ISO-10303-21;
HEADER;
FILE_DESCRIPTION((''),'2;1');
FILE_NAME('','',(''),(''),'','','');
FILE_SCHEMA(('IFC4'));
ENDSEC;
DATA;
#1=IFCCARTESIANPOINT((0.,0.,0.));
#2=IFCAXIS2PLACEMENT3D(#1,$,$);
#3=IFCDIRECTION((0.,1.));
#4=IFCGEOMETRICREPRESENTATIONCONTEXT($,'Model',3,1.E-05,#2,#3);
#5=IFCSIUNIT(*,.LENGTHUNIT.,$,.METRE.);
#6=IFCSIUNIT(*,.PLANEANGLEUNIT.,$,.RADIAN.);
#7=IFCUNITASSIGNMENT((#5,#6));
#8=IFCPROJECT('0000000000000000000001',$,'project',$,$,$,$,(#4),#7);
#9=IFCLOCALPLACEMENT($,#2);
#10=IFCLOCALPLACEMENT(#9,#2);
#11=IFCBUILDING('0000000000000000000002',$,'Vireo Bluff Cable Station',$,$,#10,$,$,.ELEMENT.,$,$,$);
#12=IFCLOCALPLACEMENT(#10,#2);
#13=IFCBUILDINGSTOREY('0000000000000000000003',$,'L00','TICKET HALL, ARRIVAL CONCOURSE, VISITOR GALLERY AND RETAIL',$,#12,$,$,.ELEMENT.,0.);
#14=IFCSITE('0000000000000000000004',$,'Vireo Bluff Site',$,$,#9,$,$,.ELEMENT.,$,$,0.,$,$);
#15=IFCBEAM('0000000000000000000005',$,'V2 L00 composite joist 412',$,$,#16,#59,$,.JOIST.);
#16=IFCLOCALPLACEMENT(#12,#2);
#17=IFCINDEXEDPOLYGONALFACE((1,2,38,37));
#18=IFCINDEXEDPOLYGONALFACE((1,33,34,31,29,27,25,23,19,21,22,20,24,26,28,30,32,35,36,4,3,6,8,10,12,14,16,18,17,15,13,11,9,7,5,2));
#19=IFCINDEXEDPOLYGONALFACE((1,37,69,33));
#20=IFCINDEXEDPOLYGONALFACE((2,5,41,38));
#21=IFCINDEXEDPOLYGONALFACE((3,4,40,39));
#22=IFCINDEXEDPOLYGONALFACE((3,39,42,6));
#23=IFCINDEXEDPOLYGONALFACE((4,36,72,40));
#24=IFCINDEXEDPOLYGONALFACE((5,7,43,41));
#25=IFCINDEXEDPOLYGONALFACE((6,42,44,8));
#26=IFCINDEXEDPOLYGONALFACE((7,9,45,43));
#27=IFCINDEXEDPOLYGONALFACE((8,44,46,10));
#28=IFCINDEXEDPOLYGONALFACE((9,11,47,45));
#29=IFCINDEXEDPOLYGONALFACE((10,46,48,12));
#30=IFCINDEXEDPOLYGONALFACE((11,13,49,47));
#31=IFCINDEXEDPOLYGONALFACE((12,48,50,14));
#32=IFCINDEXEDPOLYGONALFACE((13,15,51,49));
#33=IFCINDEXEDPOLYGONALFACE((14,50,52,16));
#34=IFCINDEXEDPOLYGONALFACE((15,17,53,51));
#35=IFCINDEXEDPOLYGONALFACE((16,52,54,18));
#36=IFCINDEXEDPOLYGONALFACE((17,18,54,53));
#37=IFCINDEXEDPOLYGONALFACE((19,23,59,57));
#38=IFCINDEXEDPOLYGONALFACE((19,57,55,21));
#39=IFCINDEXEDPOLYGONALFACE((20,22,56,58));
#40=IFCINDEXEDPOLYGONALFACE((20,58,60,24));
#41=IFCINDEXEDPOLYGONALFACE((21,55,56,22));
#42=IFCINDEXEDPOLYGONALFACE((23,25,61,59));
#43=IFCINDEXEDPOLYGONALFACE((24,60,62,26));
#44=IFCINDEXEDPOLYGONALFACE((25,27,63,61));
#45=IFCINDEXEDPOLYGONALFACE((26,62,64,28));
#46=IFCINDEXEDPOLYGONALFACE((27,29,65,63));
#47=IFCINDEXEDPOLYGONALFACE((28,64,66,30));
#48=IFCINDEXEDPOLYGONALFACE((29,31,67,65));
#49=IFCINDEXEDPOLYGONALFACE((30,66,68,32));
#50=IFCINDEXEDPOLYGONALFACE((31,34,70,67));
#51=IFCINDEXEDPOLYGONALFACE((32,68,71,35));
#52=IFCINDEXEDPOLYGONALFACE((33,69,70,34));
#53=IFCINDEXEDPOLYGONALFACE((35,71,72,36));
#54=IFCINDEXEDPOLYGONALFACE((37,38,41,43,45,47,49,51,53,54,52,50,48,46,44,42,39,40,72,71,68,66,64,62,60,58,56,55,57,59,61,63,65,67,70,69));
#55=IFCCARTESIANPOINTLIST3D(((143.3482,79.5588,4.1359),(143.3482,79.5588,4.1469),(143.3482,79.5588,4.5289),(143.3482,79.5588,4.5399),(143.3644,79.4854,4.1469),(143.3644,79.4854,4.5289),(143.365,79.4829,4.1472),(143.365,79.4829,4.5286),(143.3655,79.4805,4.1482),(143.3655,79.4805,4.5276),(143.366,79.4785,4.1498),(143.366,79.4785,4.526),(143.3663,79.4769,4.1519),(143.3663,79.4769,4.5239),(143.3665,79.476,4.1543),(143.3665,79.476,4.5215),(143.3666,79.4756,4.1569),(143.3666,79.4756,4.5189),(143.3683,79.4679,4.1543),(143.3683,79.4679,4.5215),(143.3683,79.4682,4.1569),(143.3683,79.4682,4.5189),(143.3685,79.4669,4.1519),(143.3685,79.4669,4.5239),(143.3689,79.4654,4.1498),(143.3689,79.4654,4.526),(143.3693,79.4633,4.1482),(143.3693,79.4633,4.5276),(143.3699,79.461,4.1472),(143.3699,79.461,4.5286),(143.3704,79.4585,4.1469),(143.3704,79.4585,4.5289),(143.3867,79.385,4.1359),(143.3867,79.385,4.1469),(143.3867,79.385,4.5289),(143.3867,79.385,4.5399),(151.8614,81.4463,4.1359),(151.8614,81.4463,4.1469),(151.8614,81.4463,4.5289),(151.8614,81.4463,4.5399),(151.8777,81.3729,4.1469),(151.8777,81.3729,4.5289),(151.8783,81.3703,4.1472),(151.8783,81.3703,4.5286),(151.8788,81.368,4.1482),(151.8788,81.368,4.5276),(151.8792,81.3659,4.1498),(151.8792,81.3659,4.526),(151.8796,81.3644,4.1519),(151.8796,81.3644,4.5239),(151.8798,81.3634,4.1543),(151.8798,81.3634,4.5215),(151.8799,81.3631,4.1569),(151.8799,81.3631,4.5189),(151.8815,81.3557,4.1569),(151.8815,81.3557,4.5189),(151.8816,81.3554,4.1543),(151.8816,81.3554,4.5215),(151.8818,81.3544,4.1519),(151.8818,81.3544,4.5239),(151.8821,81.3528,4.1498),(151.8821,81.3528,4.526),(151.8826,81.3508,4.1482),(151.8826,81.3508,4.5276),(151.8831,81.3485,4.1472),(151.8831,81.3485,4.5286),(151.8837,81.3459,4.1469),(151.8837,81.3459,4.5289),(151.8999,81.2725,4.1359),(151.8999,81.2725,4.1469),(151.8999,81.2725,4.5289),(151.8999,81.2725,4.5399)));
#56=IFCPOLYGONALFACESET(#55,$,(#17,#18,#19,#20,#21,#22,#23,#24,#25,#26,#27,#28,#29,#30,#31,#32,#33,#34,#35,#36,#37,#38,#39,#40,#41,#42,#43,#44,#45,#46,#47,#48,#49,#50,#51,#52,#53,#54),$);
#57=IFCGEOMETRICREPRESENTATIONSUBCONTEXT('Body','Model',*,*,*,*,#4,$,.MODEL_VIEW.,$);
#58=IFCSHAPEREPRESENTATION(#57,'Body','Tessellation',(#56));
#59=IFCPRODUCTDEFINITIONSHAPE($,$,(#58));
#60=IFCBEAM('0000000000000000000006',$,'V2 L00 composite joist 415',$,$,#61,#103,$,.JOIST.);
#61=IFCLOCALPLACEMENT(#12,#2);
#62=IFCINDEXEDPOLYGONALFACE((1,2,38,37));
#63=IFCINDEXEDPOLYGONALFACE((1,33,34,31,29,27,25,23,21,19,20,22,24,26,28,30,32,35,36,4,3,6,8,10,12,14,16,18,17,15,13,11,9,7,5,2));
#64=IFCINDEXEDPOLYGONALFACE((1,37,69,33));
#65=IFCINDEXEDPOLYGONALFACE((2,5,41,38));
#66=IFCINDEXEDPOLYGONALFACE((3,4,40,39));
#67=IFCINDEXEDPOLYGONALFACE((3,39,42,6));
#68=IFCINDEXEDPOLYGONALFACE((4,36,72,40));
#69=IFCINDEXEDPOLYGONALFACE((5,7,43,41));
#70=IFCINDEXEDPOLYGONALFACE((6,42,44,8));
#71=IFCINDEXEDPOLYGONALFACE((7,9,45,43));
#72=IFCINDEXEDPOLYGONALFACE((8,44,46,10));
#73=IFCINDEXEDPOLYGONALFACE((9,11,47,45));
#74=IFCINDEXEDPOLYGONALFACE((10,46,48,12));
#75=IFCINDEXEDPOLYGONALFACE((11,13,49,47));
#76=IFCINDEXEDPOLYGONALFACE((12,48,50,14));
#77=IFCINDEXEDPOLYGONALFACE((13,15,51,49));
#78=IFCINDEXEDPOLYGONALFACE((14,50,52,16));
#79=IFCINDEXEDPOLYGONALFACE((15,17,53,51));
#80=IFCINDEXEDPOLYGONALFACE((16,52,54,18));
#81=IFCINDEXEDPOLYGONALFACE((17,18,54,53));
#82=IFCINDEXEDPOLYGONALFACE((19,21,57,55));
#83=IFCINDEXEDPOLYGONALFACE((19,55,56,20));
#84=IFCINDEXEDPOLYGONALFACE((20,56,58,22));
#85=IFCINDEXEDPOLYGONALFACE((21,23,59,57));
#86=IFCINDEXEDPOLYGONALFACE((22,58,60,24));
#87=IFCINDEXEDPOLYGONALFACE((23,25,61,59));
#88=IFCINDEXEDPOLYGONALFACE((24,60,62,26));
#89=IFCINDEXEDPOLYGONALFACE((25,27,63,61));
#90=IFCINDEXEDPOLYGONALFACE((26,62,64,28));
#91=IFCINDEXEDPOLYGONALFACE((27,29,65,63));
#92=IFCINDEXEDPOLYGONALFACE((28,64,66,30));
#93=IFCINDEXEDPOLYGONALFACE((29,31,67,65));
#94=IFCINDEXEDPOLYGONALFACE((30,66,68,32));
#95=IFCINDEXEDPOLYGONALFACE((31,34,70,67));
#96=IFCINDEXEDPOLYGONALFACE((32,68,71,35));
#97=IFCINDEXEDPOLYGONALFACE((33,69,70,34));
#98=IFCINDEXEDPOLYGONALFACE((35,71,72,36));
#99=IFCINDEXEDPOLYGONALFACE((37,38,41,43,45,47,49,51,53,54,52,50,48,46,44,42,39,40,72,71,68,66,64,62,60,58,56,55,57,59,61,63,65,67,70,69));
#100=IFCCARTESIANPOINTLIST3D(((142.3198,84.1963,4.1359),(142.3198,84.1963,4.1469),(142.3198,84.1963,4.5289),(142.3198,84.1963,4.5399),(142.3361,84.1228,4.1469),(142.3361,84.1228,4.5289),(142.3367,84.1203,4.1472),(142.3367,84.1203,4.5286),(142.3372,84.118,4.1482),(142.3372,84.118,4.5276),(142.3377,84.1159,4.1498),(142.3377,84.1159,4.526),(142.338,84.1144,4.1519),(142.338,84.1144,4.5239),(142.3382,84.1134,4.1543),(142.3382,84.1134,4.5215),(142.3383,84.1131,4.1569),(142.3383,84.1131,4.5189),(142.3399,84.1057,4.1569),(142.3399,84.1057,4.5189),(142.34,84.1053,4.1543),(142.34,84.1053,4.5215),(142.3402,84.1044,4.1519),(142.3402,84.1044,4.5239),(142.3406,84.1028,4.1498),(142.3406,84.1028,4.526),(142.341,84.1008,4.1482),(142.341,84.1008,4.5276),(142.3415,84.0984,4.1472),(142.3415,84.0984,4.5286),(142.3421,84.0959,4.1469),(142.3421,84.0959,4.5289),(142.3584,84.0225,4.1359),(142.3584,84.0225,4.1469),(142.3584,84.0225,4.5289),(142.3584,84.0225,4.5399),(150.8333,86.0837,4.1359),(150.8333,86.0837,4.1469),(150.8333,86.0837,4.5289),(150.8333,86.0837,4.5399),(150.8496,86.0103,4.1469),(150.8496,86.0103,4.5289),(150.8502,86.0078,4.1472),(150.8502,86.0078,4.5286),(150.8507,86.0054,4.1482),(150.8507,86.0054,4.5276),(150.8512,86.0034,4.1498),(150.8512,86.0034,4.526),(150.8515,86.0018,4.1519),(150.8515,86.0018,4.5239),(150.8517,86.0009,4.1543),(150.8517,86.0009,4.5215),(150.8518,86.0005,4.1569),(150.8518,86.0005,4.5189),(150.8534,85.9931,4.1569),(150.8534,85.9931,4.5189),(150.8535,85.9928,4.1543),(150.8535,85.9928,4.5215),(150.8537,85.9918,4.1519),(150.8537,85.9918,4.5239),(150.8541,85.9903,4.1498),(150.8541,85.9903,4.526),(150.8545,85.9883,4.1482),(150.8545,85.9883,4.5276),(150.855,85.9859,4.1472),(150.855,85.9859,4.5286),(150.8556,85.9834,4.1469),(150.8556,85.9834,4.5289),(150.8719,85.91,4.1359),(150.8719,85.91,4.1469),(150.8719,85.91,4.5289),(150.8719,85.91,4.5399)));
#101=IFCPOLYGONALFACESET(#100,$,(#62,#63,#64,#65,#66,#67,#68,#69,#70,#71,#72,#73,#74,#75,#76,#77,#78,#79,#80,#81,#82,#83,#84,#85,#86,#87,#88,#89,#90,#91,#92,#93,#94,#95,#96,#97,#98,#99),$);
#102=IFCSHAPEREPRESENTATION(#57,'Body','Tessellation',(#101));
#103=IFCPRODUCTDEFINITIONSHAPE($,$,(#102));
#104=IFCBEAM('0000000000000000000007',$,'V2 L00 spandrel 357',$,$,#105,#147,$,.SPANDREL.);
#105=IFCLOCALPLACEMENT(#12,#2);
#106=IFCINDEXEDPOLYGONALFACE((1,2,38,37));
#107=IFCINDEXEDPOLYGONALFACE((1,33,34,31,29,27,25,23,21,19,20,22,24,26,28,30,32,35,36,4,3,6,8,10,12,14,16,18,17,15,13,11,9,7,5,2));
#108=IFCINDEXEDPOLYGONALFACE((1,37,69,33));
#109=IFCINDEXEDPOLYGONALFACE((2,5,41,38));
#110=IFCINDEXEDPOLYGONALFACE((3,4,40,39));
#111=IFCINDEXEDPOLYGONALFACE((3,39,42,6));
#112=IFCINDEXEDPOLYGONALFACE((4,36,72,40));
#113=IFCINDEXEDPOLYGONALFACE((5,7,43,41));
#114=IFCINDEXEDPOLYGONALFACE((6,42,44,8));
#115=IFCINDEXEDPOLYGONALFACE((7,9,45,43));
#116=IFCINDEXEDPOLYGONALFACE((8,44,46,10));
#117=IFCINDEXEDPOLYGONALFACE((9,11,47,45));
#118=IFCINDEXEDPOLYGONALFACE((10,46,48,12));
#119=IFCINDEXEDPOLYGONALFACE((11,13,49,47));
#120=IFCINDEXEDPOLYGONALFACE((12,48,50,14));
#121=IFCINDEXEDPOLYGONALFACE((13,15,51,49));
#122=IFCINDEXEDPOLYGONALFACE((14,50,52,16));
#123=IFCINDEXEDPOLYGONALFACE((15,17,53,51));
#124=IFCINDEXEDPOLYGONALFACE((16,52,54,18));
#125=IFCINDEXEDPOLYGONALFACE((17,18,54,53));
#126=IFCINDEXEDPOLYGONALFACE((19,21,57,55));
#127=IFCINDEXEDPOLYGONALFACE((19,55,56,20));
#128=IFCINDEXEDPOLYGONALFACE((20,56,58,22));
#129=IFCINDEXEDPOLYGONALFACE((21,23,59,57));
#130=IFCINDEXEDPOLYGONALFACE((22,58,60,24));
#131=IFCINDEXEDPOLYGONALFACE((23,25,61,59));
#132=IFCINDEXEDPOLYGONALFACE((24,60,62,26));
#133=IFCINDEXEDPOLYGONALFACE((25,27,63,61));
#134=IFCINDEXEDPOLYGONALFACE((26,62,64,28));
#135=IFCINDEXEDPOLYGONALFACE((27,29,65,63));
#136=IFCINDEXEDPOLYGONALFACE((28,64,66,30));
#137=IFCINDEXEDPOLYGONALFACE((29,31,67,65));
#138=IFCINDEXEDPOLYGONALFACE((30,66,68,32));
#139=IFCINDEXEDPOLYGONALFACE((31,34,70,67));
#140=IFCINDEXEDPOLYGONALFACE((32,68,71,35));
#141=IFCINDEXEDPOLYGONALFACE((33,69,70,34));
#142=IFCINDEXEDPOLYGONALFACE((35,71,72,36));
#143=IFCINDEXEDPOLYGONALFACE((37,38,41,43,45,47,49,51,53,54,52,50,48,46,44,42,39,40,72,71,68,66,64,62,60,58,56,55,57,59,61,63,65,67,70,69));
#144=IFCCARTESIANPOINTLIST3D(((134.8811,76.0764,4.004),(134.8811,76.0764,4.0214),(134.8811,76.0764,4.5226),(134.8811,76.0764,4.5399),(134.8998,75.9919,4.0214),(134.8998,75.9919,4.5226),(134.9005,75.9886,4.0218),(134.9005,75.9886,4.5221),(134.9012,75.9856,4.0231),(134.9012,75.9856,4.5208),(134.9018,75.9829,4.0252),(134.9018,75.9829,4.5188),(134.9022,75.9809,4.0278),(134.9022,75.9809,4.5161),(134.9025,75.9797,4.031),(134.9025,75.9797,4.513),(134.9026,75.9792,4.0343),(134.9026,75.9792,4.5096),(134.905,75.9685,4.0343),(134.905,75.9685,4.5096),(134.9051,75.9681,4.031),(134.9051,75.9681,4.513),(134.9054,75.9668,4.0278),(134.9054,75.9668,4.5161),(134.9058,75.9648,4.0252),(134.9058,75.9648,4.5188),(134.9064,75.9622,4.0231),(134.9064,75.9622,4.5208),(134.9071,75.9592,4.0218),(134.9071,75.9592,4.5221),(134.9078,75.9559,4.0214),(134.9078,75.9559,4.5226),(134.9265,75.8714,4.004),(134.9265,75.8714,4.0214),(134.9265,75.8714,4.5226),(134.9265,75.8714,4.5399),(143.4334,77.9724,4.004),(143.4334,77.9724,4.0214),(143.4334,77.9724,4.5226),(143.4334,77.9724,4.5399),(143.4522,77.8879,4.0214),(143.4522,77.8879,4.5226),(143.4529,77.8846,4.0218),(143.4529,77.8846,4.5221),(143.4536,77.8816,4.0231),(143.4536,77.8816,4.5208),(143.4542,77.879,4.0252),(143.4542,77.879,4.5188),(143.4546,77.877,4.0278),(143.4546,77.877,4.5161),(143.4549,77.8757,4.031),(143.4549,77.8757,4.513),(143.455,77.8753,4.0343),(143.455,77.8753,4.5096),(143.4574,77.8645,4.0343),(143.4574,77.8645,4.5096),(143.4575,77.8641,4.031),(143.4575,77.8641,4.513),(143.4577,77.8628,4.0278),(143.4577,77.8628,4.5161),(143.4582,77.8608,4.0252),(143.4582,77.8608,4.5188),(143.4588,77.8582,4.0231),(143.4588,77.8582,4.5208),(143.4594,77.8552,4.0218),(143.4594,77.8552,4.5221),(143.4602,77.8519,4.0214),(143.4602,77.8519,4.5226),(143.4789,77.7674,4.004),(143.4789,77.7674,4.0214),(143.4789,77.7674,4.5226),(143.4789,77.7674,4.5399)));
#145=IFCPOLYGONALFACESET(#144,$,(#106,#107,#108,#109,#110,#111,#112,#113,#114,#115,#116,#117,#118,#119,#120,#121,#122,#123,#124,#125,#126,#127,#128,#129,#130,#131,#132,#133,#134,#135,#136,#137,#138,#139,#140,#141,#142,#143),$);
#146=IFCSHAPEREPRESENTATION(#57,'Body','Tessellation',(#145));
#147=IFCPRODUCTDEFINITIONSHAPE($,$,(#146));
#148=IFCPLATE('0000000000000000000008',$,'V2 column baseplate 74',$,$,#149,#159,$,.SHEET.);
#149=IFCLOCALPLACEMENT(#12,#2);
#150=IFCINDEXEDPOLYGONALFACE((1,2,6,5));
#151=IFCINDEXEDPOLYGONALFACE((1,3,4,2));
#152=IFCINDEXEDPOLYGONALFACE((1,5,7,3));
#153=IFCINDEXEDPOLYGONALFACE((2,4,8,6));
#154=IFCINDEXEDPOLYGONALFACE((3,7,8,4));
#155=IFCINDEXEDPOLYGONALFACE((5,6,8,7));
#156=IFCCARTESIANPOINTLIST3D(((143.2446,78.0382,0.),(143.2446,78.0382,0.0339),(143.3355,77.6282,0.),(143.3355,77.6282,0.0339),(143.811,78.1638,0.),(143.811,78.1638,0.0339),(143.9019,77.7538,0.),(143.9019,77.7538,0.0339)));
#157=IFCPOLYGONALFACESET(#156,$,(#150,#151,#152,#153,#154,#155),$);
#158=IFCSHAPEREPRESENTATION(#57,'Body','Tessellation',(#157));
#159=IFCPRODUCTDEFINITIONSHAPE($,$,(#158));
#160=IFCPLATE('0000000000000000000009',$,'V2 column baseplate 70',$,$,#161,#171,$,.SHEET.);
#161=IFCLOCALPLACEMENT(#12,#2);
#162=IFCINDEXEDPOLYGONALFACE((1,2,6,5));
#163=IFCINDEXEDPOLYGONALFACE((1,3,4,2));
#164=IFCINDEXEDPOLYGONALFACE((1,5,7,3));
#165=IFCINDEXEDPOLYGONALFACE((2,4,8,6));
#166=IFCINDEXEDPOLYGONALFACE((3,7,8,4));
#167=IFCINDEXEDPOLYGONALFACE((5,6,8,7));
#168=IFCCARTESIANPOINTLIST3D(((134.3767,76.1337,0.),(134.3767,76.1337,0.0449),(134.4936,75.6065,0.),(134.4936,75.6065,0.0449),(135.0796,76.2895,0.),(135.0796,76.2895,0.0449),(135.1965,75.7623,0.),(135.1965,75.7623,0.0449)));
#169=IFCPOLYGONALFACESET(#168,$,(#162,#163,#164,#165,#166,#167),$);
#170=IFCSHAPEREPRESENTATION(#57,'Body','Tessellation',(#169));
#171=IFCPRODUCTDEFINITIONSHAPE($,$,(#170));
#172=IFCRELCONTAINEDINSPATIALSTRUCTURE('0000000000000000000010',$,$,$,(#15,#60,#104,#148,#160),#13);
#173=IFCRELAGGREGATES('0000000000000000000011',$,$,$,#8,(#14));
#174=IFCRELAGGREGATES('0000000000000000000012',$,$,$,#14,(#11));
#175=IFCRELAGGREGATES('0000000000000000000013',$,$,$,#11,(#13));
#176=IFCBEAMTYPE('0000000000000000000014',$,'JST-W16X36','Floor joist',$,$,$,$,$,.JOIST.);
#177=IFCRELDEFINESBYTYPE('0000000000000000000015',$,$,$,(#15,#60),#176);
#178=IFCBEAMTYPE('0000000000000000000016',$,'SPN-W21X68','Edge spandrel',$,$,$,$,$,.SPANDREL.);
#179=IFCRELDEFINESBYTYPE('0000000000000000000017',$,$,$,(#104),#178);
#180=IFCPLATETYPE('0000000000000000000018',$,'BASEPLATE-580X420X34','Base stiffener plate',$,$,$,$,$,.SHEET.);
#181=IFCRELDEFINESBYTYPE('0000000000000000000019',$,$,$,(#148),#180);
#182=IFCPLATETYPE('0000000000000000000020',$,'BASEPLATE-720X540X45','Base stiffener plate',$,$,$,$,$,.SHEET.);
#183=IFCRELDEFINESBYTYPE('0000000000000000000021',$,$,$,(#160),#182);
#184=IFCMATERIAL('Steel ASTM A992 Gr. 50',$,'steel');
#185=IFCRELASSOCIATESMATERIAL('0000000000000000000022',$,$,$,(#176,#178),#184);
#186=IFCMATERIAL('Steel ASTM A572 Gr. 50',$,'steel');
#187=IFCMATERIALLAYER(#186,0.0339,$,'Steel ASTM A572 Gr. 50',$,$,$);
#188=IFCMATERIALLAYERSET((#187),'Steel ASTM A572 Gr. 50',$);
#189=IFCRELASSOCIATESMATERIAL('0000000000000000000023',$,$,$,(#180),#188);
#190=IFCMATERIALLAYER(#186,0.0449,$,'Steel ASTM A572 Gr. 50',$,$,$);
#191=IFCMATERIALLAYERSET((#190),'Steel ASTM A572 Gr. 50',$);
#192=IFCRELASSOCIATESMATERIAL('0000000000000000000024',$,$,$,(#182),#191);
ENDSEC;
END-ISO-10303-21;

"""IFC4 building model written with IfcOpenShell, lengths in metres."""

from ifc_helpers import new_model, si_unit, direction, frame, origin, origin_2d, place, context, subcontext, project, spatial, rectangle, i_section, extrude, material, layer, layer_set, material_profile, profile_set, type_object, element, save


model = new_model("IFC4")

# Units and contexts
model_context = context("Model", 3, precision=1e-05, world=origin(), true_north=direction((0.0, 1.0)))
body_context = subcontext(model_context, "Body", "Model", "MODEL_VIEW")
ifc_project = project(units=[si_unit("LENGTHUNIT", "METRE"), si_unit("PLANEANGLEUNIT", "RADIAN")], contexts=[model_context])

# Site, building, storey
site_placement = place(None, origin())
site = spatial("IfcSite", under=ifc_project, at=site_placement, Name="Vireo Bluff Site", CompositionType="ELEMENT", RefElevation=0.0)
building_placement = place(site_placement, origin())
building = spatial("IfcBuilding", under=site, at=building_placement, Name="Vireo Bluff Cable Station", CompositionType="ELEMENT")
storey_placement = place(building_placement, origin())
storey = spatial("IfcBuildingStorey", under=building, at=storey_placement, Name="L00", Description="TICKET HALL, ARRIVAL CONCOURSE, VISITOR GALLERY AND RETAIL", CompositionType="ELEMENT", Elevation=0.0)

# Shared definitions
ifc_material_1 = material(Name="Steel ASTM A992 Gr. 50", Category="steel")

# Beams
ifc_material_profile_1 = material_profile(ifc_material_1, i_section(OverallWidth=0.178, OverallDepth=0.4041, WebThickness=0.0076, FlangeThickness=0.011, FilletRadius=0.01, at=origin_2d()), Name="W16X36")
ifc_profile_set_1 = profile_set([ifc_material_profile_1], Name="Steel ASTM A992 Gr. 50")
beam_type_1 = type_object("IfcBeamType", Name="JST-W16X36", Description="Floor joist", PredefinedType="JOIST", material=ifc_profile_set_1)
for number, where, z_axis, x_axis, name in (
    (1, (143.3674, 79.4719, 4.3379), (0.976293, 0.216453, 0.0), (-0.216453, 0.976293, 0.0), "V2 L00 composite joist 412"),
):
    element("IfcBeam", number, at=place(storey_placement, frame(where, z_axis=z_axis, x_axis=x_axis)), inside=storey, type_object=beam_type_1, Name=name, PredefinedType="JOIST", context=body_context, shape_type="SweptSolid", body=[
        extrude(i_section(OverallWidth=0.178, OverallDepth=0.4041, WebThickness=0.0076, FlangeThickness=0.011, FilletRadius=0.01, at=origin_2d()), origin(), (0.0, 0.0, 1.0), 8.72),
    ])
beam_1_placement = place(storey_placement, frame((142.3391, 84.1094, 4.3379), z_axis=(0.976294, 0.216447, 0.0), x_axis=(-0.216447, 0.976294, 0.0)))
element("IfcBeam", 2, at=beam_1_placement, inside=storey, type_object=beam_type_1, Name="V2 L00 composite joist 415", PredefinedType="JOIST", context=body_context, shape_type="SweptSolid", body=[
    extrude(i_section(OverallWidth=0.178, OverallDepth=0.4041, WebThickness=0.0076, FlangeThickness=0.011, FilletRadius=0.01, at=origin_2d()), origin(), (0.0, 0.0, 1.0), 8.7202),
])
ifc_material_profile_2 = material_profile(ifc_material_1, i_section(OverallWidth=0.21, OverallDepth=0.5359, WebThickness=0.011, FlangeThickness=0.0173, FilletRadius=0.0129, at=origin_2d()), Name="W21X68")
ifc_profile_set_2 = profile_set([ifc_material_profile_2], Name="Steel ASTM A992 Gr. 50")
beam_type_2 = type_object("IfcBeamType", Name="SPN-W21X68", Description="Edge spandrel", PredefinedType="SPANDREL", material=ifc_profile_set_2)
beam_2_placement = place(storey_placement, frame((134.9038, 75.9739, 4.272), z_axis=(0.976296, 0.216441, 0.0), x_axis=(-0.216441, 0.976296, 0.0)))
element("IfcBeam", 3, at=beam_2_placement, inside=storey, type_object=beam_type_2, Name="V2 L00 spandrel 357", PredefinedType="SPANDREL", context=body_context, shape_type="SweptSolid", body=[
    extrude(i_section(OverallWidth=0.21, OverallDepth=0.5359, WebThickness=0.011, FlangeThickness=0.0173, FilletRadius=0.0129, at=origin_2d()), origin(), (0.0, 0.0, 1.0), 8.76),
])

# Plates
ifc_material_2 = material(Name="Steel ASTM A572 Gr. 50", Category="steel")
ifc_layer_1 = layer(ifc_material_2, 0.0339, Name="Steel ASTM A572 Gr. 50")
ifc_layer_set_1 = layer_set([ifc_layer_1], Name="Steel ASTM A572 Gr. 50")
plate_type_1 = type_object("IfcPlateType", Name="BASEPLATE-580X420X34", Description="Base stiffener plate", PredefinedType="SHEET", material=ifc_layer_set_1)
plate_1_placement = place(storey_placement, frame((143.5732, 77.896, 0.0), z_axis=(0.0, 0.0, 1.0), x_axis=(0.976296, 0.21644, 0.0)))
element("IfcPlate", 4, at=plate_1_placement, inside=storey, type_object=plate_type_1, Name="V2 column baseplate 74", PredefinedType="SHEET", context=body_context, shape_type="SweptSolid", body=[
    extrude(rectangle(XDim=0.5801, YDim=0.4199, at=origin_2d()), origin(), (0.0, 0.0, 1.0), 0.0339),
])
ifc_layer_2 = layer(ifc_material_2, 0.0449, Name="Steel ASTM A572 Gr. 50")
ifc_layer_set_2 = layer_set([ifc_layer_2], Name="Steel ASTM A572 Gr. 50")
plate_type_2 = type_object("IfcPlateType", Name="BASEPLATE-720X540X45", Description="Base stiffener plate", PredefinedType="SHEET", material=ifc_layer_set_2)
plate_2_placement = place(storey_placement, frame((134.7866, 75.948, 0.0), z_axis=(0.0, 0.0, 1.0), x_axis=(0.976296, 0.21644, 0.0)))
element("IfcPlate", 5, at=plate_2_placement, inside=storey, type_object=plate_type_2, Name="V2 column baseplate 70", PredefinedType="SHEET", context=body_context, shape_type="SweptSolid", body=[
    extrude(rectangle(XDim=0.72, YDim=0.54, at=origin_2d()), origin(), (0.0, 0.0, 1.0), 0.0449),
])

save(model, "model.ifc")
